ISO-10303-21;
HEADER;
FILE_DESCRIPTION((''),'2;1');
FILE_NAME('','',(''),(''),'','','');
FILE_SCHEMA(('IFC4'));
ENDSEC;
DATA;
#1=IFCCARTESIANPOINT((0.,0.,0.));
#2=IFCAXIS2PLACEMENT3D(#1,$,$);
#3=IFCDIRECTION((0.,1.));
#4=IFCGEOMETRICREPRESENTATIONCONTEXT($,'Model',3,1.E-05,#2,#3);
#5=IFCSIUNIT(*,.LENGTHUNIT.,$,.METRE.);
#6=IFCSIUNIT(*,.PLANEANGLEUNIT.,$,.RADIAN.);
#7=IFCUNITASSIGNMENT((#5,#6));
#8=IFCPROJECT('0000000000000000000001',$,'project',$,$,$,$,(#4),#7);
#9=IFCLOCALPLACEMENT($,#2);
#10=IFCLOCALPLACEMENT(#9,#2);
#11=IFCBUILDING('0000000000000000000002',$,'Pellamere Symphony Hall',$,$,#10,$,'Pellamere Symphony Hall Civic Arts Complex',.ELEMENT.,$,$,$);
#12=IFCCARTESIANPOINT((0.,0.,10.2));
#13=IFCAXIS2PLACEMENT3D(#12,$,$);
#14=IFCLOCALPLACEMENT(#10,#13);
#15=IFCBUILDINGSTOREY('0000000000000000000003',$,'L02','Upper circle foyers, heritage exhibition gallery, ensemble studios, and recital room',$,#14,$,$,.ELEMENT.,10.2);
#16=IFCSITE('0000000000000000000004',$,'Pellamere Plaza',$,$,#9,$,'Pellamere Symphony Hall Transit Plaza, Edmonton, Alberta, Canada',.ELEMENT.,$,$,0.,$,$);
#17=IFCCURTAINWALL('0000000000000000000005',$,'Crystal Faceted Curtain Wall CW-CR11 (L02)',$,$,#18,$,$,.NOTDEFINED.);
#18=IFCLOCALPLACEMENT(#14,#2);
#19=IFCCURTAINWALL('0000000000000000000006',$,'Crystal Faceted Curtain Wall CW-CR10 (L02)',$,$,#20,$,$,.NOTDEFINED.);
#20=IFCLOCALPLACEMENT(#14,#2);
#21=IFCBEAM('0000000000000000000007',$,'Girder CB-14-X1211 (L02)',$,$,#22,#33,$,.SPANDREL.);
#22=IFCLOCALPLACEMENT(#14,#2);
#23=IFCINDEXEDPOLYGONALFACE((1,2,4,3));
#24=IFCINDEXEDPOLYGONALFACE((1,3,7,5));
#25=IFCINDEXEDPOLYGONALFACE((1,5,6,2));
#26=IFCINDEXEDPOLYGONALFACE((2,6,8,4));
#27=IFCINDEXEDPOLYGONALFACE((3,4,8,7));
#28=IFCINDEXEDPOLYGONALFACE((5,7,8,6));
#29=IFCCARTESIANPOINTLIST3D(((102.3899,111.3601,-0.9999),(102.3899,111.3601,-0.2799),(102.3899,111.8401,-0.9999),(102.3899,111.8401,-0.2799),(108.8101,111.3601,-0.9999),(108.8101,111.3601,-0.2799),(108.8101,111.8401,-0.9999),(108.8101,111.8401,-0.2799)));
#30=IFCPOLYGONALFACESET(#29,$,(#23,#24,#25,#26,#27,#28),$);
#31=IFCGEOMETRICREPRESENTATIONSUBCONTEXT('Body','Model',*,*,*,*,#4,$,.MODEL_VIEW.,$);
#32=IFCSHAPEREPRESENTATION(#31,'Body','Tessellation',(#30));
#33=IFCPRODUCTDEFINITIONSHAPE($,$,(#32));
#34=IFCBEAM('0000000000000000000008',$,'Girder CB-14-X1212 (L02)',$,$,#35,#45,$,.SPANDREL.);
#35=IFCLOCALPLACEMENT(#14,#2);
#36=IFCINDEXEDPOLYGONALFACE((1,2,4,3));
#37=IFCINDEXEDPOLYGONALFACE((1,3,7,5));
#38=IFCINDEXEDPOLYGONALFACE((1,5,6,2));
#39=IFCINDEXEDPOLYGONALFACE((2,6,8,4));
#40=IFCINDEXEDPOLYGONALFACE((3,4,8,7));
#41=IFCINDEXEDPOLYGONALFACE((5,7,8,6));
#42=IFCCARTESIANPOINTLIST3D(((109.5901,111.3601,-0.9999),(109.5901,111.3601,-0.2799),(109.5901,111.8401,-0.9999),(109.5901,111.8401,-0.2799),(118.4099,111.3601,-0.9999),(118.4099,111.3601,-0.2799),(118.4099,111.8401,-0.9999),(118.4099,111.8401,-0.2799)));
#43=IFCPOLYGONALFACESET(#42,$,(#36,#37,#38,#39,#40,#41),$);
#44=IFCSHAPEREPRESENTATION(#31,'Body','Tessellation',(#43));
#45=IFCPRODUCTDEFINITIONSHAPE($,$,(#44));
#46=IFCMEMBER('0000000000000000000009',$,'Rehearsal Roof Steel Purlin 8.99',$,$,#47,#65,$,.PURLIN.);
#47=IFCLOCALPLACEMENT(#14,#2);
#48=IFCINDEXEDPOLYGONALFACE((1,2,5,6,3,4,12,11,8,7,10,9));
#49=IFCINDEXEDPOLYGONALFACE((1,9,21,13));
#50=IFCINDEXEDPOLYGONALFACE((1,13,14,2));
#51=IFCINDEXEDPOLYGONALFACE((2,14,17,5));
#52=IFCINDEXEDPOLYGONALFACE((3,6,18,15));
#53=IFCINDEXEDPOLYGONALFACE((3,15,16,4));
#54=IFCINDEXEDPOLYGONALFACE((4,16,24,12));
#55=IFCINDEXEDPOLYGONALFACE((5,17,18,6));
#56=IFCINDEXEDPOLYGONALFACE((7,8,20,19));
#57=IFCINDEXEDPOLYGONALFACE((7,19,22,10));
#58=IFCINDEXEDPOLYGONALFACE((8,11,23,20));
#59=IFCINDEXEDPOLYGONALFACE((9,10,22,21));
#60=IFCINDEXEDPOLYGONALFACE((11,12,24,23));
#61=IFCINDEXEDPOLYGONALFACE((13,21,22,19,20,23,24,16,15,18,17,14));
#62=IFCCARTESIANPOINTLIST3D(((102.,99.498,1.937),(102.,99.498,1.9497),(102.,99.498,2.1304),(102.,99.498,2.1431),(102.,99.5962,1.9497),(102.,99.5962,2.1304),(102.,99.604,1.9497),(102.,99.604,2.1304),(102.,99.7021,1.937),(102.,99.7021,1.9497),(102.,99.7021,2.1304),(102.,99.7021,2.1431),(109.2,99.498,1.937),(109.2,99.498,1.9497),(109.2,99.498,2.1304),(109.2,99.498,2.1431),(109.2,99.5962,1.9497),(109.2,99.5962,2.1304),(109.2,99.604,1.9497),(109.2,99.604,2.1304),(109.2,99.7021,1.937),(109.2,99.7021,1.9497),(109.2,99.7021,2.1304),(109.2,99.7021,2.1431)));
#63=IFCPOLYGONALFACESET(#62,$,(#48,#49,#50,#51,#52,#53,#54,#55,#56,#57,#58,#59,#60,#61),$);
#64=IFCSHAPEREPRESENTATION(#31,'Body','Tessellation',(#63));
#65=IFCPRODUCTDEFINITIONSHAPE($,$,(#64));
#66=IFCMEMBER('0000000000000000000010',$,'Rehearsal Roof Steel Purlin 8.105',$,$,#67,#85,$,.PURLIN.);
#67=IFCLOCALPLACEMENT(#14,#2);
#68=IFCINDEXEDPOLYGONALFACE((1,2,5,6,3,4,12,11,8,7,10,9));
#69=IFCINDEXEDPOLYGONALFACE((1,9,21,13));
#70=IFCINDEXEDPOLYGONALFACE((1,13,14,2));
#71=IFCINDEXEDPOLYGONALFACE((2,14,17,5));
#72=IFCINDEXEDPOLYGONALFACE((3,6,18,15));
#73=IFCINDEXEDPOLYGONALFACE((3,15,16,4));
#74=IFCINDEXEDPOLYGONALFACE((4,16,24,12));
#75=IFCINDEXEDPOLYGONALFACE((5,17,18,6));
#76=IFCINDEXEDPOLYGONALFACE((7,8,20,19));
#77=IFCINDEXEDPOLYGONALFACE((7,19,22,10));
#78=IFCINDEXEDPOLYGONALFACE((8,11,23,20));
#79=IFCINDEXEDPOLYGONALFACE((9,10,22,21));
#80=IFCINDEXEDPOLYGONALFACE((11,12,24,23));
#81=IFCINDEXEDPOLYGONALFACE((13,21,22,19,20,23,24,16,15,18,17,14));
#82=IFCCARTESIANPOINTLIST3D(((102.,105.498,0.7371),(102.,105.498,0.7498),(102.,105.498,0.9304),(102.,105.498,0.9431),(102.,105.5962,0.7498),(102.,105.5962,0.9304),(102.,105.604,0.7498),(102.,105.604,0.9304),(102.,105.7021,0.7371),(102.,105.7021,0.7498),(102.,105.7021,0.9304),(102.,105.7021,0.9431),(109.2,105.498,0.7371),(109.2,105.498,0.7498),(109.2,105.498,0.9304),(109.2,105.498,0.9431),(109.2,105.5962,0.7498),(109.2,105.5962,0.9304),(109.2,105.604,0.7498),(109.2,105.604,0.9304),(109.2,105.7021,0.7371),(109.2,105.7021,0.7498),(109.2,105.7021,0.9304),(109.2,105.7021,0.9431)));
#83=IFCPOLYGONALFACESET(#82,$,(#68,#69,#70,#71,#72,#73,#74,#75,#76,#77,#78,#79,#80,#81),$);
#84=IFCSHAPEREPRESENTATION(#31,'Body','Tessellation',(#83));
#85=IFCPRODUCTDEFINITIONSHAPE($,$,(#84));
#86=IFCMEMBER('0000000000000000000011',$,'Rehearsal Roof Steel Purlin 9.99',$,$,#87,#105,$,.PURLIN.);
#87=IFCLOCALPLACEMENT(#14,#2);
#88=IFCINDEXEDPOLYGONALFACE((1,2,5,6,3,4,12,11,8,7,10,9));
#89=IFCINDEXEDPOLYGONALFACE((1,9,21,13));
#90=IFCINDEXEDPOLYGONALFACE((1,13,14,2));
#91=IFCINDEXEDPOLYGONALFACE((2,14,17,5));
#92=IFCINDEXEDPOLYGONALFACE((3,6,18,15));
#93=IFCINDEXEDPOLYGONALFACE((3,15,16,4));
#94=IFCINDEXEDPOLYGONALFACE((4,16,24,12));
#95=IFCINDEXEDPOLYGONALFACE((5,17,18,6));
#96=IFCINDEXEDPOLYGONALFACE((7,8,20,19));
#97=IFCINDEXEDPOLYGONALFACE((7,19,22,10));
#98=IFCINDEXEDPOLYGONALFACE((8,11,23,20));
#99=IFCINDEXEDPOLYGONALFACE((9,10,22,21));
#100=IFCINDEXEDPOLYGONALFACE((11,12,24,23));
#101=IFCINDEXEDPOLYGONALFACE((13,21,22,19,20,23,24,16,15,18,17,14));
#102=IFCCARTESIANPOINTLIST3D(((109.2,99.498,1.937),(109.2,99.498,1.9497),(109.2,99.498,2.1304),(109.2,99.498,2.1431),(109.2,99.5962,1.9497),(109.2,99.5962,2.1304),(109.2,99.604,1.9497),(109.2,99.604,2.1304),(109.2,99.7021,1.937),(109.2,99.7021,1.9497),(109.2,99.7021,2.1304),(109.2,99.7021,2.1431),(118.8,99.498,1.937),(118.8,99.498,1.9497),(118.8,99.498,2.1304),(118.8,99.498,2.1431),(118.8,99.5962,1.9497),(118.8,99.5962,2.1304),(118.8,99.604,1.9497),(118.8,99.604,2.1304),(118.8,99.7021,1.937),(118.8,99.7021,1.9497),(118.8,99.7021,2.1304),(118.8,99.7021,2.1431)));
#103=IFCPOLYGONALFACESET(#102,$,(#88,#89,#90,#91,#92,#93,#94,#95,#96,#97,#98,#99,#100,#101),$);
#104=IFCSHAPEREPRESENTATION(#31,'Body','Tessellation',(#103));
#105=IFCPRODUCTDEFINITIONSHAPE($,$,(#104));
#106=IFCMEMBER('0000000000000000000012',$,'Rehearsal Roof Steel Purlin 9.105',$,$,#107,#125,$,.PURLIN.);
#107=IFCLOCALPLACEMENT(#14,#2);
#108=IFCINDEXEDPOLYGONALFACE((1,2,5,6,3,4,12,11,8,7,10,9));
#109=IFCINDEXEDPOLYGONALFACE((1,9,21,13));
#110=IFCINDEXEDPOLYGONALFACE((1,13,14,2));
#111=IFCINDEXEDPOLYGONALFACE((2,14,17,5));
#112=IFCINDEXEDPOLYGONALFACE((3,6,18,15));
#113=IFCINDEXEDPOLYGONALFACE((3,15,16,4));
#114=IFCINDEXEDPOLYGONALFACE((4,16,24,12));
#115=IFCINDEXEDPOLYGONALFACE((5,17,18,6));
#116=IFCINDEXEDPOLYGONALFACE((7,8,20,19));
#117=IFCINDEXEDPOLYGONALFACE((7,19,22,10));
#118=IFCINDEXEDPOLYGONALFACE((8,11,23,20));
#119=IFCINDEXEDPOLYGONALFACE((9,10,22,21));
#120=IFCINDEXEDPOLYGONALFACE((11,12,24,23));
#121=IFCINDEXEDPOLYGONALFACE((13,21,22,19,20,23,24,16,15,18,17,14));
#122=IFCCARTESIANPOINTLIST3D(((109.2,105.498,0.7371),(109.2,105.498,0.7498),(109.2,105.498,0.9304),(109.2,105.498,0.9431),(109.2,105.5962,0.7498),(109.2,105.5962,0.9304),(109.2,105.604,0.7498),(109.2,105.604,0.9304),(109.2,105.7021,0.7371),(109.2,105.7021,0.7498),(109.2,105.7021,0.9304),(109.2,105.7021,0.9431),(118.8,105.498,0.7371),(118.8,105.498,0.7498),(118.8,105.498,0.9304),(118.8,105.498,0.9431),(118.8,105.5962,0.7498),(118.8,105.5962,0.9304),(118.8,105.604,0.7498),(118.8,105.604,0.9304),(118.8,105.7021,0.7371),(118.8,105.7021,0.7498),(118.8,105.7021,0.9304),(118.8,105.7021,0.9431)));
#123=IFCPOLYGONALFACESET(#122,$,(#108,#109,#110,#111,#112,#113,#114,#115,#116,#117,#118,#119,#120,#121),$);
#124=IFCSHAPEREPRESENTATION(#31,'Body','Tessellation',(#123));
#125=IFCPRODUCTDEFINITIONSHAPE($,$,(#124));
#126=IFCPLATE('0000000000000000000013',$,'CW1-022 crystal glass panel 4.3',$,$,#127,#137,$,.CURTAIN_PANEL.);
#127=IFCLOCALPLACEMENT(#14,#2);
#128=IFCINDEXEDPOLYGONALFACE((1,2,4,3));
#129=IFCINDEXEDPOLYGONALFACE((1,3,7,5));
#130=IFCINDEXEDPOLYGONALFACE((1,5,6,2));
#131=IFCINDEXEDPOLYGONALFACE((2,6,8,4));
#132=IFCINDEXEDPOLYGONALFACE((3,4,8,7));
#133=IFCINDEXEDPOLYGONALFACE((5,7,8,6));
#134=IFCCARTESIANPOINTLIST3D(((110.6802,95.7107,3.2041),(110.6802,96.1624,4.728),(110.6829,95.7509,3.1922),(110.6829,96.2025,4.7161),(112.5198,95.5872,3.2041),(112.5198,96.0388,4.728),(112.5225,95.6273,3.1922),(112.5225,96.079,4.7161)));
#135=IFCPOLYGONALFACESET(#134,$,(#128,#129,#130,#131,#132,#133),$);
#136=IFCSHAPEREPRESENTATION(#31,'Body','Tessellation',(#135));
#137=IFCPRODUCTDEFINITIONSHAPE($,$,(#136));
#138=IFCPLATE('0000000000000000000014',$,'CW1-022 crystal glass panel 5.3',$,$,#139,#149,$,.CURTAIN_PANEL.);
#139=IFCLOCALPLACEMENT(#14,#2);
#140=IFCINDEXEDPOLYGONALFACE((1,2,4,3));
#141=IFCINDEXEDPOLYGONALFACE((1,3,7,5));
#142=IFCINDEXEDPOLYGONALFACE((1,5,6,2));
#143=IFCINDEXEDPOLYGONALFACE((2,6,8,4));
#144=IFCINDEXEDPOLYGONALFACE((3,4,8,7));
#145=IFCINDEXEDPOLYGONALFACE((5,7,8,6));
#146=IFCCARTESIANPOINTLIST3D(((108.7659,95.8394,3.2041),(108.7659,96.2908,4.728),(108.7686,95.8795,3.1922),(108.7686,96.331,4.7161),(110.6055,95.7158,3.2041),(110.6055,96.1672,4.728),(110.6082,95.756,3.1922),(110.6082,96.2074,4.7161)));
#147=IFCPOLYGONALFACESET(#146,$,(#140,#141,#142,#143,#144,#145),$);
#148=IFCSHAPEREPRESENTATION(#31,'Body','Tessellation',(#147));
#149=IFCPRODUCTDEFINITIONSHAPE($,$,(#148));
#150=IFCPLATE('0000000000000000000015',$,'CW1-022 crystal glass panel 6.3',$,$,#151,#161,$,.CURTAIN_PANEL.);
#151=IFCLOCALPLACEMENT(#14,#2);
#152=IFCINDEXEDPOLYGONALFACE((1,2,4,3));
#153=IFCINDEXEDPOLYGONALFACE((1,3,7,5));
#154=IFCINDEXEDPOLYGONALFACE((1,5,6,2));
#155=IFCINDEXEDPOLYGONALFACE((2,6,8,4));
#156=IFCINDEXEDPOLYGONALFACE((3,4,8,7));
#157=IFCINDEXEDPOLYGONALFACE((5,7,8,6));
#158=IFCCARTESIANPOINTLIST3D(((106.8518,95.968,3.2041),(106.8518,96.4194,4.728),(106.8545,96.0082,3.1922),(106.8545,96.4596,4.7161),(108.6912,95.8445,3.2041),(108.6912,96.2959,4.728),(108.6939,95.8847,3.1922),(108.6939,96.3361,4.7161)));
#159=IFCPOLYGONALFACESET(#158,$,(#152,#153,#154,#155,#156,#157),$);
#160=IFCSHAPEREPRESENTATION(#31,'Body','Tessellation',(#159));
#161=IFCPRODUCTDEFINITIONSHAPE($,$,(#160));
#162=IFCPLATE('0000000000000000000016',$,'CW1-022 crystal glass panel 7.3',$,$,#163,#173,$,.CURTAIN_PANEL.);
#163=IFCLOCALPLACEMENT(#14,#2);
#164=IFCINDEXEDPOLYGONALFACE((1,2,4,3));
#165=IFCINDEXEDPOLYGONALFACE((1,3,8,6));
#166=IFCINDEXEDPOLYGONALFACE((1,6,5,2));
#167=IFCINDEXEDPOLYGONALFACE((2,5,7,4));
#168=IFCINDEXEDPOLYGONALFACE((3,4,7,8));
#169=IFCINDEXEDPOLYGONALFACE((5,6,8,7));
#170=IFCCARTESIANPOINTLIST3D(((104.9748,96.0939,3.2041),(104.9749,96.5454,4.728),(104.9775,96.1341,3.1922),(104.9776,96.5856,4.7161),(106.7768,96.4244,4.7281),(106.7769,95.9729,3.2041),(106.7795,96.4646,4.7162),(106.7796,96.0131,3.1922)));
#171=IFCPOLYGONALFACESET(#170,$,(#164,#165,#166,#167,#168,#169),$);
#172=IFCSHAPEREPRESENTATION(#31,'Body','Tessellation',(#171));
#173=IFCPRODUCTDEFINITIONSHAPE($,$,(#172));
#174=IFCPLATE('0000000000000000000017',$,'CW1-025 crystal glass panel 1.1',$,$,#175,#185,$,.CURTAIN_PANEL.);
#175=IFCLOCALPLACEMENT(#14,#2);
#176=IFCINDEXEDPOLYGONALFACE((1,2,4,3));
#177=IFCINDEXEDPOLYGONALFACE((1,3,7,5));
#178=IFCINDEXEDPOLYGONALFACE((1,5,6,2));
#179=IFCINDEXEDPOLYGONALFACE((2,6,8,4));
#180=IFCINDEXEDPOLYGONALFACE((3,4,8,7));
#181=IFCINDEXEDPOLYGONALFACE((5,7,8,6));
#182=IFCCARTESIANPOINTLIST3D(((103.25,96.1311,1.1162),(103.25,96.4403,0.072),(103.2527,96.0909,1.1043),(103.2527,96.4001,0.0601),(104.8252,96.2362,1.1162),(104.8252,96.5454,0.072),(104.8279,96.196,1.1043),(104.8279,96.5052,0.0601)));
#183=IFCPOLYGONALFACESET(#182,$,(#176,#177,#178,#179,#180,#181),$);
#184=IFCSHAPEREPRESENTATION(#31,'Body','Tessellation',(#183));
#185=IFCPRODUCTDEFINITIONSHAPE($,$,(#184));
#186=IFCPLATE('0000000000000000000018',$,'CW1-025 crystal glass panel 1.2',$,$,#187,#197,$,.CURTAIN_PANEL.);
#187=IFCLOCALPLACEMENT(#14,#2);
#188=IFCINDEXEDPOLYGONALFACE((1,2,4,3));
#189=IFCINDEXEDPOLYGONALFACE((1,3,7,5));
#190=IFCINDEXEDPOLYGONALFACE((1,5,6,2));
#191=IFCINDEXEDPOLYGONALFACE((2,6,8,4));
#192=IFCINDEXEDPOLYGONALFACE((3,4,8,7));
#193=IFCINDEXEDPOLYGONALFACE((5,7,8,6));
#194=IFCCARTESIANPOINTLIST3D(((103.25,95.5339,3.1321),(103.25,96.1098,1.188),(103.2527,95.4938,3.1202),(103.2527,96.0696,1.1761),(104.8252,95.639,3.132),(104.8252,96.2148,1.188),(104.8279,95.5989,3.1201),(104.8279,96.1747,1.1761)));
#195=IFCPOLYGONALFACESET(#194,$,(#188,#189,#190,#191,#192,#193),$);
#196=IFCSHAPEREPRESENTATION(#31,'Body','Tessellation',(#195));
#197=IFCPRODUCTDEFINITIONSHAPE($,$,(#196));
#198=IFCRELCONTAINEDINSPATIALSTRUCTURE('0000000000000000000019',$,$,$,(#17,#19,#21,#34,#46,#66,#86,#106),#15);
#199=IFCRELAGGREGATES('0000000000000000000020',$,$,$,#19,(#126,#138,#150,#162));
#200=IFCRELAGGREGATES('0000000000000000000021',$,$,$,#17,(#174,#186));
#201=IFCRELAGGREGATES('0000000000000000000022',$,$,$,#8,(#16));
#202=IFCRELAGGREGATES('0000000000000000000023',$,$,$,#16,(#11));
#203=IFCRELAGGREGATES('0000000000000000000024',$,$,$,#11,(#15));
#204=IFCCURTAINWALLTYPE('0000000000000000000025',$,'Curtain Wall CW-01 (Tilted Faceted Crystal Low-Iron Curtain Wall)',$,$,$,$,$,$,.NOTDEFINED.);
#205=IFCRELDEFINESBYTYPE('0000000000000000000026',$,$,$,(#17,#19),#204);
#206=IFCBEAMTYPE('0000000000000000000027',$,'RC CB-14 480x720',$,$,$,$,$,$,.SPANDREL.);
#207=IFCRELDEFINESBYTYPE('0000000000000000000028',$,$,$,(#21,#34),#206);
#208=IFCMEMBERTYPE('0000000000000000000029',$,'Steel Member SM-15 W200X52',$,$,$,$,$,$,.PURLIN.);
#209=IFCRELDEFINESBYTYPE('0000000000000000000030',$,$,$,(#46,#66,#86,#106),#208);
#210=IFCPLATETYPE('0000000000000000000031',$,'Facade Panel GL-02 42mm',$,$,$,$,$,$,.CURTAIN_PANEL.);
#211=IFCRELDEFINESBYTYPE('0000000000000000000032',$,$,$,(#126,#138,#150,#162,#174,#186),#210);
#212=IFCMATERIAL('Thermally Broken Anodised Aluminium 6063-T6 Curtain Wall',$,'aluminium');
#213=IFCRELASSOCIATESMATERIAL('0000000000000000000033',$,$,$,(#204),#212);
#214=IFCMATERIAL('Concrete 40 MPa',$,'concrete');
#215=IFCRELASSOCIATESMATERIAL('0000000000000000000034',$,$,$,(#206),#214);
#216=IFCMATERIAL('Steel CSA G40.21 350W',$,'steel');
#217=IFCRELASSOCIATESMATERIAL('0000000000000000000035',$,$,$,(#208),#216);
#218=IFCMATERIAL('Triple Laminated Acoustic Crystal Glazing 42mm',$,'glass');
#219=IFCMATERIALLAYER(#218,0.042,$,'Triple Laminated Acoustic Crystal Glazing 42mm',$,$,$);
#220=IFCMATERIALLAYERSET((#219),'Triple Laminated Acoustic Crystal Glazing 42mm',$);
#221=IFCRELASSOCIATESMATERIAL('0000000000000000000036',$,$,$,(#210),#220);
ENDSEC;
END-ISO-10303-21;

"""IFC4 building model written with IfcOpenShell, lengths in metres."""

from ifc_helpers import new_model, si_unit, direction, frame, origin, origin_2d, place, context, subcontext, project, spatial, polyline, rectangle, i_section, outline, extrude, material, layer, layer_set, material_profile, profile_set, type_object, element, aggregate, save


model = new_model("IFC4")

# Units and contexts
model_context = context("Model", 3, precision=1e-05, world=origin(), true_north=direction((0.0, 1.0)))
body_context = subcontext(model_context, "Body", "Model", "MODEL_VIEW")
ifc_project = project(units=[si_unit("LENGTHUNIT", "METRE"), si_unit("PLANEANGLEUNIT", "RADIAN")], contexts=[model_context])

# Site, building, storey
site_placement = place(None, origin())
site = spatial("IfcSite", under=ifc_project, at=site_placement, Name="Pellamere Plaza", LongName="Pellamere Symphony Hall Transit Plaza, Edmonton, Alberta, Canada", CompositionType="ELEMENT", RefElevation=0.0)
building_placement = place(site_placement, origin())
building = spatial("IfcBuilding", under=site, at=building_placement, Name="Pellamere Symphony Hall", LongName="Pellamere Symphony Hall Civic Arts Complex", CompositionType="ELEMENT")
storey_placement = place(building_placement, frame((0.0, 0.0, 10.2)))
storey = spatial("IfcBuildingStorey", under=building, at=storey_placement, Name="L02", Description="Upper circle foyers, heritage exhibition gallery, ensemble studios, and recital room", CompositionType="ELEMENT", Elevation=10.2)

# Curtain walls
ifc_material_1 = material(Name="Thermally Broken Anodised Aluminium 6063-T6 Curtain Wall", Category="aluminium")
curtain_wall_type = type_object("IfcCurtainWallType", Name="Curtain Wall CW-01 (Tilted Faceted Crystal Low-Iron Curtain Wall)", PredefinedType="NOTDEFINED", material=ifc_material_1)
curtain_wall_1_placement = place(storey_placement, origin())
curtain_wall_1 = element("IfcCurtainWall", 1, at=curtain_wall_1_placement, inside=storey, type_object=curtain_wall_type, Name="Crystal Faceted Curtain Wall CW-CR11 (L02)", PredefinedType="NOTDEFINED")
curtain_wall_2_placement = place(storey_placement, origin())
curtain_wall_2 = element("IfcCurtainWall", 2, at=curtain_wall_2_placement, inside=storey, type_object=curtain_wall_type, Name="Crystal Faceted Curtain Wall CW-CR10 (L02)", PredefinedType="NOTDEFINED")

# Beams
ifc_material_2 = material(Name="Concrete 40 MPa", Category="concrete")
ifc_material_profile_1 = material_profile(ifc_material_2, rectangle(XDim=0.48, YDim=0.72, at=origin_2d()), Name="RC 480x720")
ifc_profile_set_1 = profile_set([ifc_material_profile_1], Name="Concrete 40 MPa")
beam_type = type_object("IfcBeamType", Name="RC CB-14 480x720", PredefinedType="SPANDREL", material=ifc_profile_set_1)
beam_1_placement = place(storey_placement, frame((102.3899, 111.6001, -0.6399), z_axis=(1.0, 0.0, 0.0), x_axis=(0.0, 1.0, 0.0)))
element("IfcBeam", 3, at=beam_1_placement, inside=storey, type_object=beam_type, Name="Girder CB-14-X1211 (L02)", PredefinedType="SPANDREL", context=body_context, shape_type="SweptSolid", body=[
    extrude(rectangle(XDim=0.48, YDim=0.72, at=origin_2d()), origin(), (0.0, 0.0, 1.0), 6.4202),
])
beam_2_placement = place(storey_placement, frame((109.5901, 111.6001, -0.6399), z_axis=(1.0, 0.0, 0.0), x_axis=(0.0, 1.0, 0.0)))
element("IfcBeam", 4, at=beam_2_placement, inside=storey, type_object=beam_type, Name="Girder CB-14-X1212 (L02)", PredefinedType="SPANDREL", context=body_context, shape_type="SweptSolid", body=[
    extrude(rectangle(XDim=0.48, YDim=0.72, at=origin_2d()), origin(), (0.0, 0.0, 1.0), 8.8198),
])

# Members
ifc_material_3 = material(Name="Steel CSA G40.21 350W", Category="steel")
ifc_material_profile_2 = material_profile(ifc_material_3, i_section(OverallWidth=0.2041, OverallDepth=0.2061, WebThickness=0.0078, FlangeThickness=0.0127, at=origin_2d()), Name="W200X52")
ifc_profile_set_2 = profile_set([ifc_material_profile_2], Name="Steel CSA G40.21 350W")
member_type_1 = type_object("IfcMemberType", Name="Steel Member SM-15 W200X52", PredefinedType="PURLIN", material=ifc_profile_set_2)
for number, where, z_axis, x_axis, name in (
    (5, (102.0, 99.6001, 2.04), (1.0, 0.0, 0.0), (0.0, 1.0, 0.0), "Rehearsal Roof Steel Purlin 8.99"),
    (6, (102.0, 105.6001, 0.8401), (1.0, 0.0, 0.0), (0.0, 1.0, 0.0), "Rehearsal Roof Steel Purlin 8.105"),
):
    element("IfcMember", number, at=place(storey_placement, frame(where, z_axis=z_axis, x_axis=x_axis)), inside=storey, type_object=member_type_1, Name=name, PredefinedType="PURLIN", context=body_context, shape_type="SweptSolid", body=[
        extrude(i_section(OverallWidth=0.2041, OverallDepth=0.2061, WebThickness=0.0078, FlangeThickness=0.0127, at=origin_2d()), origin(), (0.0, 0.0, 1.0), 7.2),
    ])
for number, where, z_axis, x_axis, name in (
    (7, (109.2, 99.6001, 2.04), (1.0, 0.0, 0.0), (0.0, 1.0, 0.0), "Rehearsal Roof Steel Purlin 9.99"),
    (8, (109.2, 105.6001, 0.8401), (1.0, 0.0, 0.0), (0.0, 1.0, 0.0), "Rehearsal Roof Steel Purlin 9.105"),
):
    element("IfcMember", number, at=place(storey_placement, frame(where, z_axis=z_axis, x_axis=x_axis)), inside=storey, type_object=member_type_1, Name=name, PredefinedType="PURLIN", context=body_context, shape_type="SweptSolid", body=[
        extrude(i_section(OverallWidth=0.2041, OverallDepth=0.2061, WebThickness=0.0078, FlangeThickness=0.0127, at=origin_2d()), origin(), (0.0, 0.0, 1.0), 9.6001),
    ])

# Plates
ifc_material_4 = material(Name="Triple Laminated Acoustic Crystal Glazing 42mm", Category="glass")
ifc_layer = layer(ifc_material_4, 0.042, Name="Triple Laminated Acoustic Crystal Glazing 42mm")
ifc_layer_set = layer_set([ifc_layer], Name="Triple Laminated Acoustic Crystal Glazing 42mm")
plate_type = type_object("IfcPlateType", Name="Facade Panel GL-02 42mm", PredefinedType="CURTAIN_PANEL", material=ifc_layer_set)
plate_1_placement = place(storey_placement, frame((112.5198, 95.5872, 3.2041), z_axis=(-0.064252, -0.956795, 0.283574), x_axis=(-0.997753, 0.067002, 0.0)))
plate_1 = element("IfcPlate", 9, at=plate_1_placement, type_object=plate_type, Name="CW1-022 crystal glass panel 4.3", PredefinedType="CURTAIN_PANEL", context=body_context, shape_type="SweptSolid", body=[
    extrude(outline(polyline([(0.0, 0.0), (1.8437, 0.0), (1.874, -1.5892), (0.0303, -1.5892), (0.0, 0.0)])), origin(), (0.0, 0.0, -1.0), 0.042),
])
plate_2_placement = place(storey_placement, frame((110.6055, 95.7158, 3.2041), z_axis=(-0.064255, -0.956837, 0.283433), x_axis=(-0.997753, 0.067002, 0.0)))
plate_2 = element("IfcPlate", 10, at=plate_2_placement, type_object=plate_type, Name="CW1-022 crystal glass panel 5.3", PredefinedType="CURTAIN_PANEL", context=body_context, shape_type="SweptSolid", body=[
    extrude(outline(polyline([(0.0, 0.0), (1.8437, 0.0), (1.874, -1.5891), (0.0302, -1.5891), (0.0, 0.0)])), origin(), (0.0, 0.0, -1.0), 0.042),
])
plate_3_placement = place(storey_placement, frame((108.6912, 95.8445, 3.2041), z_axis=(-0.064263, -0.956836, 0.283433), x_axis=(-0.997752, 0.067011, 0.0)))
plate_3 = element("IfcPlate", 11, at=plate_3_placement, type_object=plate_type, Name="CW1-022 crystal glass panel 6.3", PredefinedType="CURTAIN_PANEL", context=body_context, shape_type="SweptSolid", body=[
    extrude(outline(polyline([(0.0, 0.0), (1.8435, 0.0), (1.8737, -1.5891), (0.0302, -1.5891), (0.0, 0.0)])), origin(), (0.0, 0.0, -1.0), 0.042),
])
plate_4_placement = place(storey_placement, frame((106.7769, 95.9729, 3.2041), z_axis=(-0.064233, -0.956817, 0.283504), x_axis=(-0.997754, 0.066986, 0.000018)))
plate_4 = element("IfcPlate", 12, at=plate_4_placement, type_object=plate_type, Name="CW1-022 crystal glass panel 7.3", PredefinedType="CURTAIN_PANEL", context=body_context, shape_type="SweptSolid", body=[
    extrude(outline(polyline([(0.0, 0.0), (1.8061, 0.0), (1.8363, -1.5891), (0.0303, -1.5892), (0.0, 0.0)])), origin(), (0.0, 0.0, -1.0), 0.042),
])
aggregate(curtain_wall_2, [plate_1, plate_2, plate_3, plate_4])
plate_5_placement = place(storey_placement, frame((104.8252, 96.5454, 0.072), z_axis=(-0.063847, 0.956888, 0.283353), x_axis=(-0.997782, -0.066569, -0.000021)))
plate_5 = element("IfcPlate", 13, at=plate_5_placement, type_object=plate_type, Name="CW1-025 crystal glass panel 1.1", PredefinedType="CURTAIN_PANEL", context=body_context, shape_type="SweptSolid", body=[
    extrude(outline(polyline([(0.0, 0.0), (1.5787, 0.0), (1.5993, 1.0888), (0.0206, 1.0888), (0.0, 0.0)])), origin(), (0.0, 0.0, -1.0), 0.042),
])
plate_6_placement = place(storey_placement, frame((104.8252, 96.2148, 1.188), z_axis=(-0.063846, 0.956872, 0.283408), x_axis=(-0.997782, -0.066569, -0.000021)))
plate_6 = element("IfcPlate", 14, at=plate_6_placement, type_object=plate_type, Name="CW1-025 crystal glass panel 1.2", PredefinedType="CURTAIN_PANEL", context=body_context, shape_type="SweptSolid", body=[
    extrude(outline(polyline([(0.0, 0.0), (1.5787, 0.0), (1.617, 2.0272), (0.0383, 2.0272), (0.0, 0.0)])), origin(), (0.0, 0.0, -1.0), 0.042),
])
aggregate(curtain_wall_1, [plate_5, plate_6])

save(model, "model.ifc")
